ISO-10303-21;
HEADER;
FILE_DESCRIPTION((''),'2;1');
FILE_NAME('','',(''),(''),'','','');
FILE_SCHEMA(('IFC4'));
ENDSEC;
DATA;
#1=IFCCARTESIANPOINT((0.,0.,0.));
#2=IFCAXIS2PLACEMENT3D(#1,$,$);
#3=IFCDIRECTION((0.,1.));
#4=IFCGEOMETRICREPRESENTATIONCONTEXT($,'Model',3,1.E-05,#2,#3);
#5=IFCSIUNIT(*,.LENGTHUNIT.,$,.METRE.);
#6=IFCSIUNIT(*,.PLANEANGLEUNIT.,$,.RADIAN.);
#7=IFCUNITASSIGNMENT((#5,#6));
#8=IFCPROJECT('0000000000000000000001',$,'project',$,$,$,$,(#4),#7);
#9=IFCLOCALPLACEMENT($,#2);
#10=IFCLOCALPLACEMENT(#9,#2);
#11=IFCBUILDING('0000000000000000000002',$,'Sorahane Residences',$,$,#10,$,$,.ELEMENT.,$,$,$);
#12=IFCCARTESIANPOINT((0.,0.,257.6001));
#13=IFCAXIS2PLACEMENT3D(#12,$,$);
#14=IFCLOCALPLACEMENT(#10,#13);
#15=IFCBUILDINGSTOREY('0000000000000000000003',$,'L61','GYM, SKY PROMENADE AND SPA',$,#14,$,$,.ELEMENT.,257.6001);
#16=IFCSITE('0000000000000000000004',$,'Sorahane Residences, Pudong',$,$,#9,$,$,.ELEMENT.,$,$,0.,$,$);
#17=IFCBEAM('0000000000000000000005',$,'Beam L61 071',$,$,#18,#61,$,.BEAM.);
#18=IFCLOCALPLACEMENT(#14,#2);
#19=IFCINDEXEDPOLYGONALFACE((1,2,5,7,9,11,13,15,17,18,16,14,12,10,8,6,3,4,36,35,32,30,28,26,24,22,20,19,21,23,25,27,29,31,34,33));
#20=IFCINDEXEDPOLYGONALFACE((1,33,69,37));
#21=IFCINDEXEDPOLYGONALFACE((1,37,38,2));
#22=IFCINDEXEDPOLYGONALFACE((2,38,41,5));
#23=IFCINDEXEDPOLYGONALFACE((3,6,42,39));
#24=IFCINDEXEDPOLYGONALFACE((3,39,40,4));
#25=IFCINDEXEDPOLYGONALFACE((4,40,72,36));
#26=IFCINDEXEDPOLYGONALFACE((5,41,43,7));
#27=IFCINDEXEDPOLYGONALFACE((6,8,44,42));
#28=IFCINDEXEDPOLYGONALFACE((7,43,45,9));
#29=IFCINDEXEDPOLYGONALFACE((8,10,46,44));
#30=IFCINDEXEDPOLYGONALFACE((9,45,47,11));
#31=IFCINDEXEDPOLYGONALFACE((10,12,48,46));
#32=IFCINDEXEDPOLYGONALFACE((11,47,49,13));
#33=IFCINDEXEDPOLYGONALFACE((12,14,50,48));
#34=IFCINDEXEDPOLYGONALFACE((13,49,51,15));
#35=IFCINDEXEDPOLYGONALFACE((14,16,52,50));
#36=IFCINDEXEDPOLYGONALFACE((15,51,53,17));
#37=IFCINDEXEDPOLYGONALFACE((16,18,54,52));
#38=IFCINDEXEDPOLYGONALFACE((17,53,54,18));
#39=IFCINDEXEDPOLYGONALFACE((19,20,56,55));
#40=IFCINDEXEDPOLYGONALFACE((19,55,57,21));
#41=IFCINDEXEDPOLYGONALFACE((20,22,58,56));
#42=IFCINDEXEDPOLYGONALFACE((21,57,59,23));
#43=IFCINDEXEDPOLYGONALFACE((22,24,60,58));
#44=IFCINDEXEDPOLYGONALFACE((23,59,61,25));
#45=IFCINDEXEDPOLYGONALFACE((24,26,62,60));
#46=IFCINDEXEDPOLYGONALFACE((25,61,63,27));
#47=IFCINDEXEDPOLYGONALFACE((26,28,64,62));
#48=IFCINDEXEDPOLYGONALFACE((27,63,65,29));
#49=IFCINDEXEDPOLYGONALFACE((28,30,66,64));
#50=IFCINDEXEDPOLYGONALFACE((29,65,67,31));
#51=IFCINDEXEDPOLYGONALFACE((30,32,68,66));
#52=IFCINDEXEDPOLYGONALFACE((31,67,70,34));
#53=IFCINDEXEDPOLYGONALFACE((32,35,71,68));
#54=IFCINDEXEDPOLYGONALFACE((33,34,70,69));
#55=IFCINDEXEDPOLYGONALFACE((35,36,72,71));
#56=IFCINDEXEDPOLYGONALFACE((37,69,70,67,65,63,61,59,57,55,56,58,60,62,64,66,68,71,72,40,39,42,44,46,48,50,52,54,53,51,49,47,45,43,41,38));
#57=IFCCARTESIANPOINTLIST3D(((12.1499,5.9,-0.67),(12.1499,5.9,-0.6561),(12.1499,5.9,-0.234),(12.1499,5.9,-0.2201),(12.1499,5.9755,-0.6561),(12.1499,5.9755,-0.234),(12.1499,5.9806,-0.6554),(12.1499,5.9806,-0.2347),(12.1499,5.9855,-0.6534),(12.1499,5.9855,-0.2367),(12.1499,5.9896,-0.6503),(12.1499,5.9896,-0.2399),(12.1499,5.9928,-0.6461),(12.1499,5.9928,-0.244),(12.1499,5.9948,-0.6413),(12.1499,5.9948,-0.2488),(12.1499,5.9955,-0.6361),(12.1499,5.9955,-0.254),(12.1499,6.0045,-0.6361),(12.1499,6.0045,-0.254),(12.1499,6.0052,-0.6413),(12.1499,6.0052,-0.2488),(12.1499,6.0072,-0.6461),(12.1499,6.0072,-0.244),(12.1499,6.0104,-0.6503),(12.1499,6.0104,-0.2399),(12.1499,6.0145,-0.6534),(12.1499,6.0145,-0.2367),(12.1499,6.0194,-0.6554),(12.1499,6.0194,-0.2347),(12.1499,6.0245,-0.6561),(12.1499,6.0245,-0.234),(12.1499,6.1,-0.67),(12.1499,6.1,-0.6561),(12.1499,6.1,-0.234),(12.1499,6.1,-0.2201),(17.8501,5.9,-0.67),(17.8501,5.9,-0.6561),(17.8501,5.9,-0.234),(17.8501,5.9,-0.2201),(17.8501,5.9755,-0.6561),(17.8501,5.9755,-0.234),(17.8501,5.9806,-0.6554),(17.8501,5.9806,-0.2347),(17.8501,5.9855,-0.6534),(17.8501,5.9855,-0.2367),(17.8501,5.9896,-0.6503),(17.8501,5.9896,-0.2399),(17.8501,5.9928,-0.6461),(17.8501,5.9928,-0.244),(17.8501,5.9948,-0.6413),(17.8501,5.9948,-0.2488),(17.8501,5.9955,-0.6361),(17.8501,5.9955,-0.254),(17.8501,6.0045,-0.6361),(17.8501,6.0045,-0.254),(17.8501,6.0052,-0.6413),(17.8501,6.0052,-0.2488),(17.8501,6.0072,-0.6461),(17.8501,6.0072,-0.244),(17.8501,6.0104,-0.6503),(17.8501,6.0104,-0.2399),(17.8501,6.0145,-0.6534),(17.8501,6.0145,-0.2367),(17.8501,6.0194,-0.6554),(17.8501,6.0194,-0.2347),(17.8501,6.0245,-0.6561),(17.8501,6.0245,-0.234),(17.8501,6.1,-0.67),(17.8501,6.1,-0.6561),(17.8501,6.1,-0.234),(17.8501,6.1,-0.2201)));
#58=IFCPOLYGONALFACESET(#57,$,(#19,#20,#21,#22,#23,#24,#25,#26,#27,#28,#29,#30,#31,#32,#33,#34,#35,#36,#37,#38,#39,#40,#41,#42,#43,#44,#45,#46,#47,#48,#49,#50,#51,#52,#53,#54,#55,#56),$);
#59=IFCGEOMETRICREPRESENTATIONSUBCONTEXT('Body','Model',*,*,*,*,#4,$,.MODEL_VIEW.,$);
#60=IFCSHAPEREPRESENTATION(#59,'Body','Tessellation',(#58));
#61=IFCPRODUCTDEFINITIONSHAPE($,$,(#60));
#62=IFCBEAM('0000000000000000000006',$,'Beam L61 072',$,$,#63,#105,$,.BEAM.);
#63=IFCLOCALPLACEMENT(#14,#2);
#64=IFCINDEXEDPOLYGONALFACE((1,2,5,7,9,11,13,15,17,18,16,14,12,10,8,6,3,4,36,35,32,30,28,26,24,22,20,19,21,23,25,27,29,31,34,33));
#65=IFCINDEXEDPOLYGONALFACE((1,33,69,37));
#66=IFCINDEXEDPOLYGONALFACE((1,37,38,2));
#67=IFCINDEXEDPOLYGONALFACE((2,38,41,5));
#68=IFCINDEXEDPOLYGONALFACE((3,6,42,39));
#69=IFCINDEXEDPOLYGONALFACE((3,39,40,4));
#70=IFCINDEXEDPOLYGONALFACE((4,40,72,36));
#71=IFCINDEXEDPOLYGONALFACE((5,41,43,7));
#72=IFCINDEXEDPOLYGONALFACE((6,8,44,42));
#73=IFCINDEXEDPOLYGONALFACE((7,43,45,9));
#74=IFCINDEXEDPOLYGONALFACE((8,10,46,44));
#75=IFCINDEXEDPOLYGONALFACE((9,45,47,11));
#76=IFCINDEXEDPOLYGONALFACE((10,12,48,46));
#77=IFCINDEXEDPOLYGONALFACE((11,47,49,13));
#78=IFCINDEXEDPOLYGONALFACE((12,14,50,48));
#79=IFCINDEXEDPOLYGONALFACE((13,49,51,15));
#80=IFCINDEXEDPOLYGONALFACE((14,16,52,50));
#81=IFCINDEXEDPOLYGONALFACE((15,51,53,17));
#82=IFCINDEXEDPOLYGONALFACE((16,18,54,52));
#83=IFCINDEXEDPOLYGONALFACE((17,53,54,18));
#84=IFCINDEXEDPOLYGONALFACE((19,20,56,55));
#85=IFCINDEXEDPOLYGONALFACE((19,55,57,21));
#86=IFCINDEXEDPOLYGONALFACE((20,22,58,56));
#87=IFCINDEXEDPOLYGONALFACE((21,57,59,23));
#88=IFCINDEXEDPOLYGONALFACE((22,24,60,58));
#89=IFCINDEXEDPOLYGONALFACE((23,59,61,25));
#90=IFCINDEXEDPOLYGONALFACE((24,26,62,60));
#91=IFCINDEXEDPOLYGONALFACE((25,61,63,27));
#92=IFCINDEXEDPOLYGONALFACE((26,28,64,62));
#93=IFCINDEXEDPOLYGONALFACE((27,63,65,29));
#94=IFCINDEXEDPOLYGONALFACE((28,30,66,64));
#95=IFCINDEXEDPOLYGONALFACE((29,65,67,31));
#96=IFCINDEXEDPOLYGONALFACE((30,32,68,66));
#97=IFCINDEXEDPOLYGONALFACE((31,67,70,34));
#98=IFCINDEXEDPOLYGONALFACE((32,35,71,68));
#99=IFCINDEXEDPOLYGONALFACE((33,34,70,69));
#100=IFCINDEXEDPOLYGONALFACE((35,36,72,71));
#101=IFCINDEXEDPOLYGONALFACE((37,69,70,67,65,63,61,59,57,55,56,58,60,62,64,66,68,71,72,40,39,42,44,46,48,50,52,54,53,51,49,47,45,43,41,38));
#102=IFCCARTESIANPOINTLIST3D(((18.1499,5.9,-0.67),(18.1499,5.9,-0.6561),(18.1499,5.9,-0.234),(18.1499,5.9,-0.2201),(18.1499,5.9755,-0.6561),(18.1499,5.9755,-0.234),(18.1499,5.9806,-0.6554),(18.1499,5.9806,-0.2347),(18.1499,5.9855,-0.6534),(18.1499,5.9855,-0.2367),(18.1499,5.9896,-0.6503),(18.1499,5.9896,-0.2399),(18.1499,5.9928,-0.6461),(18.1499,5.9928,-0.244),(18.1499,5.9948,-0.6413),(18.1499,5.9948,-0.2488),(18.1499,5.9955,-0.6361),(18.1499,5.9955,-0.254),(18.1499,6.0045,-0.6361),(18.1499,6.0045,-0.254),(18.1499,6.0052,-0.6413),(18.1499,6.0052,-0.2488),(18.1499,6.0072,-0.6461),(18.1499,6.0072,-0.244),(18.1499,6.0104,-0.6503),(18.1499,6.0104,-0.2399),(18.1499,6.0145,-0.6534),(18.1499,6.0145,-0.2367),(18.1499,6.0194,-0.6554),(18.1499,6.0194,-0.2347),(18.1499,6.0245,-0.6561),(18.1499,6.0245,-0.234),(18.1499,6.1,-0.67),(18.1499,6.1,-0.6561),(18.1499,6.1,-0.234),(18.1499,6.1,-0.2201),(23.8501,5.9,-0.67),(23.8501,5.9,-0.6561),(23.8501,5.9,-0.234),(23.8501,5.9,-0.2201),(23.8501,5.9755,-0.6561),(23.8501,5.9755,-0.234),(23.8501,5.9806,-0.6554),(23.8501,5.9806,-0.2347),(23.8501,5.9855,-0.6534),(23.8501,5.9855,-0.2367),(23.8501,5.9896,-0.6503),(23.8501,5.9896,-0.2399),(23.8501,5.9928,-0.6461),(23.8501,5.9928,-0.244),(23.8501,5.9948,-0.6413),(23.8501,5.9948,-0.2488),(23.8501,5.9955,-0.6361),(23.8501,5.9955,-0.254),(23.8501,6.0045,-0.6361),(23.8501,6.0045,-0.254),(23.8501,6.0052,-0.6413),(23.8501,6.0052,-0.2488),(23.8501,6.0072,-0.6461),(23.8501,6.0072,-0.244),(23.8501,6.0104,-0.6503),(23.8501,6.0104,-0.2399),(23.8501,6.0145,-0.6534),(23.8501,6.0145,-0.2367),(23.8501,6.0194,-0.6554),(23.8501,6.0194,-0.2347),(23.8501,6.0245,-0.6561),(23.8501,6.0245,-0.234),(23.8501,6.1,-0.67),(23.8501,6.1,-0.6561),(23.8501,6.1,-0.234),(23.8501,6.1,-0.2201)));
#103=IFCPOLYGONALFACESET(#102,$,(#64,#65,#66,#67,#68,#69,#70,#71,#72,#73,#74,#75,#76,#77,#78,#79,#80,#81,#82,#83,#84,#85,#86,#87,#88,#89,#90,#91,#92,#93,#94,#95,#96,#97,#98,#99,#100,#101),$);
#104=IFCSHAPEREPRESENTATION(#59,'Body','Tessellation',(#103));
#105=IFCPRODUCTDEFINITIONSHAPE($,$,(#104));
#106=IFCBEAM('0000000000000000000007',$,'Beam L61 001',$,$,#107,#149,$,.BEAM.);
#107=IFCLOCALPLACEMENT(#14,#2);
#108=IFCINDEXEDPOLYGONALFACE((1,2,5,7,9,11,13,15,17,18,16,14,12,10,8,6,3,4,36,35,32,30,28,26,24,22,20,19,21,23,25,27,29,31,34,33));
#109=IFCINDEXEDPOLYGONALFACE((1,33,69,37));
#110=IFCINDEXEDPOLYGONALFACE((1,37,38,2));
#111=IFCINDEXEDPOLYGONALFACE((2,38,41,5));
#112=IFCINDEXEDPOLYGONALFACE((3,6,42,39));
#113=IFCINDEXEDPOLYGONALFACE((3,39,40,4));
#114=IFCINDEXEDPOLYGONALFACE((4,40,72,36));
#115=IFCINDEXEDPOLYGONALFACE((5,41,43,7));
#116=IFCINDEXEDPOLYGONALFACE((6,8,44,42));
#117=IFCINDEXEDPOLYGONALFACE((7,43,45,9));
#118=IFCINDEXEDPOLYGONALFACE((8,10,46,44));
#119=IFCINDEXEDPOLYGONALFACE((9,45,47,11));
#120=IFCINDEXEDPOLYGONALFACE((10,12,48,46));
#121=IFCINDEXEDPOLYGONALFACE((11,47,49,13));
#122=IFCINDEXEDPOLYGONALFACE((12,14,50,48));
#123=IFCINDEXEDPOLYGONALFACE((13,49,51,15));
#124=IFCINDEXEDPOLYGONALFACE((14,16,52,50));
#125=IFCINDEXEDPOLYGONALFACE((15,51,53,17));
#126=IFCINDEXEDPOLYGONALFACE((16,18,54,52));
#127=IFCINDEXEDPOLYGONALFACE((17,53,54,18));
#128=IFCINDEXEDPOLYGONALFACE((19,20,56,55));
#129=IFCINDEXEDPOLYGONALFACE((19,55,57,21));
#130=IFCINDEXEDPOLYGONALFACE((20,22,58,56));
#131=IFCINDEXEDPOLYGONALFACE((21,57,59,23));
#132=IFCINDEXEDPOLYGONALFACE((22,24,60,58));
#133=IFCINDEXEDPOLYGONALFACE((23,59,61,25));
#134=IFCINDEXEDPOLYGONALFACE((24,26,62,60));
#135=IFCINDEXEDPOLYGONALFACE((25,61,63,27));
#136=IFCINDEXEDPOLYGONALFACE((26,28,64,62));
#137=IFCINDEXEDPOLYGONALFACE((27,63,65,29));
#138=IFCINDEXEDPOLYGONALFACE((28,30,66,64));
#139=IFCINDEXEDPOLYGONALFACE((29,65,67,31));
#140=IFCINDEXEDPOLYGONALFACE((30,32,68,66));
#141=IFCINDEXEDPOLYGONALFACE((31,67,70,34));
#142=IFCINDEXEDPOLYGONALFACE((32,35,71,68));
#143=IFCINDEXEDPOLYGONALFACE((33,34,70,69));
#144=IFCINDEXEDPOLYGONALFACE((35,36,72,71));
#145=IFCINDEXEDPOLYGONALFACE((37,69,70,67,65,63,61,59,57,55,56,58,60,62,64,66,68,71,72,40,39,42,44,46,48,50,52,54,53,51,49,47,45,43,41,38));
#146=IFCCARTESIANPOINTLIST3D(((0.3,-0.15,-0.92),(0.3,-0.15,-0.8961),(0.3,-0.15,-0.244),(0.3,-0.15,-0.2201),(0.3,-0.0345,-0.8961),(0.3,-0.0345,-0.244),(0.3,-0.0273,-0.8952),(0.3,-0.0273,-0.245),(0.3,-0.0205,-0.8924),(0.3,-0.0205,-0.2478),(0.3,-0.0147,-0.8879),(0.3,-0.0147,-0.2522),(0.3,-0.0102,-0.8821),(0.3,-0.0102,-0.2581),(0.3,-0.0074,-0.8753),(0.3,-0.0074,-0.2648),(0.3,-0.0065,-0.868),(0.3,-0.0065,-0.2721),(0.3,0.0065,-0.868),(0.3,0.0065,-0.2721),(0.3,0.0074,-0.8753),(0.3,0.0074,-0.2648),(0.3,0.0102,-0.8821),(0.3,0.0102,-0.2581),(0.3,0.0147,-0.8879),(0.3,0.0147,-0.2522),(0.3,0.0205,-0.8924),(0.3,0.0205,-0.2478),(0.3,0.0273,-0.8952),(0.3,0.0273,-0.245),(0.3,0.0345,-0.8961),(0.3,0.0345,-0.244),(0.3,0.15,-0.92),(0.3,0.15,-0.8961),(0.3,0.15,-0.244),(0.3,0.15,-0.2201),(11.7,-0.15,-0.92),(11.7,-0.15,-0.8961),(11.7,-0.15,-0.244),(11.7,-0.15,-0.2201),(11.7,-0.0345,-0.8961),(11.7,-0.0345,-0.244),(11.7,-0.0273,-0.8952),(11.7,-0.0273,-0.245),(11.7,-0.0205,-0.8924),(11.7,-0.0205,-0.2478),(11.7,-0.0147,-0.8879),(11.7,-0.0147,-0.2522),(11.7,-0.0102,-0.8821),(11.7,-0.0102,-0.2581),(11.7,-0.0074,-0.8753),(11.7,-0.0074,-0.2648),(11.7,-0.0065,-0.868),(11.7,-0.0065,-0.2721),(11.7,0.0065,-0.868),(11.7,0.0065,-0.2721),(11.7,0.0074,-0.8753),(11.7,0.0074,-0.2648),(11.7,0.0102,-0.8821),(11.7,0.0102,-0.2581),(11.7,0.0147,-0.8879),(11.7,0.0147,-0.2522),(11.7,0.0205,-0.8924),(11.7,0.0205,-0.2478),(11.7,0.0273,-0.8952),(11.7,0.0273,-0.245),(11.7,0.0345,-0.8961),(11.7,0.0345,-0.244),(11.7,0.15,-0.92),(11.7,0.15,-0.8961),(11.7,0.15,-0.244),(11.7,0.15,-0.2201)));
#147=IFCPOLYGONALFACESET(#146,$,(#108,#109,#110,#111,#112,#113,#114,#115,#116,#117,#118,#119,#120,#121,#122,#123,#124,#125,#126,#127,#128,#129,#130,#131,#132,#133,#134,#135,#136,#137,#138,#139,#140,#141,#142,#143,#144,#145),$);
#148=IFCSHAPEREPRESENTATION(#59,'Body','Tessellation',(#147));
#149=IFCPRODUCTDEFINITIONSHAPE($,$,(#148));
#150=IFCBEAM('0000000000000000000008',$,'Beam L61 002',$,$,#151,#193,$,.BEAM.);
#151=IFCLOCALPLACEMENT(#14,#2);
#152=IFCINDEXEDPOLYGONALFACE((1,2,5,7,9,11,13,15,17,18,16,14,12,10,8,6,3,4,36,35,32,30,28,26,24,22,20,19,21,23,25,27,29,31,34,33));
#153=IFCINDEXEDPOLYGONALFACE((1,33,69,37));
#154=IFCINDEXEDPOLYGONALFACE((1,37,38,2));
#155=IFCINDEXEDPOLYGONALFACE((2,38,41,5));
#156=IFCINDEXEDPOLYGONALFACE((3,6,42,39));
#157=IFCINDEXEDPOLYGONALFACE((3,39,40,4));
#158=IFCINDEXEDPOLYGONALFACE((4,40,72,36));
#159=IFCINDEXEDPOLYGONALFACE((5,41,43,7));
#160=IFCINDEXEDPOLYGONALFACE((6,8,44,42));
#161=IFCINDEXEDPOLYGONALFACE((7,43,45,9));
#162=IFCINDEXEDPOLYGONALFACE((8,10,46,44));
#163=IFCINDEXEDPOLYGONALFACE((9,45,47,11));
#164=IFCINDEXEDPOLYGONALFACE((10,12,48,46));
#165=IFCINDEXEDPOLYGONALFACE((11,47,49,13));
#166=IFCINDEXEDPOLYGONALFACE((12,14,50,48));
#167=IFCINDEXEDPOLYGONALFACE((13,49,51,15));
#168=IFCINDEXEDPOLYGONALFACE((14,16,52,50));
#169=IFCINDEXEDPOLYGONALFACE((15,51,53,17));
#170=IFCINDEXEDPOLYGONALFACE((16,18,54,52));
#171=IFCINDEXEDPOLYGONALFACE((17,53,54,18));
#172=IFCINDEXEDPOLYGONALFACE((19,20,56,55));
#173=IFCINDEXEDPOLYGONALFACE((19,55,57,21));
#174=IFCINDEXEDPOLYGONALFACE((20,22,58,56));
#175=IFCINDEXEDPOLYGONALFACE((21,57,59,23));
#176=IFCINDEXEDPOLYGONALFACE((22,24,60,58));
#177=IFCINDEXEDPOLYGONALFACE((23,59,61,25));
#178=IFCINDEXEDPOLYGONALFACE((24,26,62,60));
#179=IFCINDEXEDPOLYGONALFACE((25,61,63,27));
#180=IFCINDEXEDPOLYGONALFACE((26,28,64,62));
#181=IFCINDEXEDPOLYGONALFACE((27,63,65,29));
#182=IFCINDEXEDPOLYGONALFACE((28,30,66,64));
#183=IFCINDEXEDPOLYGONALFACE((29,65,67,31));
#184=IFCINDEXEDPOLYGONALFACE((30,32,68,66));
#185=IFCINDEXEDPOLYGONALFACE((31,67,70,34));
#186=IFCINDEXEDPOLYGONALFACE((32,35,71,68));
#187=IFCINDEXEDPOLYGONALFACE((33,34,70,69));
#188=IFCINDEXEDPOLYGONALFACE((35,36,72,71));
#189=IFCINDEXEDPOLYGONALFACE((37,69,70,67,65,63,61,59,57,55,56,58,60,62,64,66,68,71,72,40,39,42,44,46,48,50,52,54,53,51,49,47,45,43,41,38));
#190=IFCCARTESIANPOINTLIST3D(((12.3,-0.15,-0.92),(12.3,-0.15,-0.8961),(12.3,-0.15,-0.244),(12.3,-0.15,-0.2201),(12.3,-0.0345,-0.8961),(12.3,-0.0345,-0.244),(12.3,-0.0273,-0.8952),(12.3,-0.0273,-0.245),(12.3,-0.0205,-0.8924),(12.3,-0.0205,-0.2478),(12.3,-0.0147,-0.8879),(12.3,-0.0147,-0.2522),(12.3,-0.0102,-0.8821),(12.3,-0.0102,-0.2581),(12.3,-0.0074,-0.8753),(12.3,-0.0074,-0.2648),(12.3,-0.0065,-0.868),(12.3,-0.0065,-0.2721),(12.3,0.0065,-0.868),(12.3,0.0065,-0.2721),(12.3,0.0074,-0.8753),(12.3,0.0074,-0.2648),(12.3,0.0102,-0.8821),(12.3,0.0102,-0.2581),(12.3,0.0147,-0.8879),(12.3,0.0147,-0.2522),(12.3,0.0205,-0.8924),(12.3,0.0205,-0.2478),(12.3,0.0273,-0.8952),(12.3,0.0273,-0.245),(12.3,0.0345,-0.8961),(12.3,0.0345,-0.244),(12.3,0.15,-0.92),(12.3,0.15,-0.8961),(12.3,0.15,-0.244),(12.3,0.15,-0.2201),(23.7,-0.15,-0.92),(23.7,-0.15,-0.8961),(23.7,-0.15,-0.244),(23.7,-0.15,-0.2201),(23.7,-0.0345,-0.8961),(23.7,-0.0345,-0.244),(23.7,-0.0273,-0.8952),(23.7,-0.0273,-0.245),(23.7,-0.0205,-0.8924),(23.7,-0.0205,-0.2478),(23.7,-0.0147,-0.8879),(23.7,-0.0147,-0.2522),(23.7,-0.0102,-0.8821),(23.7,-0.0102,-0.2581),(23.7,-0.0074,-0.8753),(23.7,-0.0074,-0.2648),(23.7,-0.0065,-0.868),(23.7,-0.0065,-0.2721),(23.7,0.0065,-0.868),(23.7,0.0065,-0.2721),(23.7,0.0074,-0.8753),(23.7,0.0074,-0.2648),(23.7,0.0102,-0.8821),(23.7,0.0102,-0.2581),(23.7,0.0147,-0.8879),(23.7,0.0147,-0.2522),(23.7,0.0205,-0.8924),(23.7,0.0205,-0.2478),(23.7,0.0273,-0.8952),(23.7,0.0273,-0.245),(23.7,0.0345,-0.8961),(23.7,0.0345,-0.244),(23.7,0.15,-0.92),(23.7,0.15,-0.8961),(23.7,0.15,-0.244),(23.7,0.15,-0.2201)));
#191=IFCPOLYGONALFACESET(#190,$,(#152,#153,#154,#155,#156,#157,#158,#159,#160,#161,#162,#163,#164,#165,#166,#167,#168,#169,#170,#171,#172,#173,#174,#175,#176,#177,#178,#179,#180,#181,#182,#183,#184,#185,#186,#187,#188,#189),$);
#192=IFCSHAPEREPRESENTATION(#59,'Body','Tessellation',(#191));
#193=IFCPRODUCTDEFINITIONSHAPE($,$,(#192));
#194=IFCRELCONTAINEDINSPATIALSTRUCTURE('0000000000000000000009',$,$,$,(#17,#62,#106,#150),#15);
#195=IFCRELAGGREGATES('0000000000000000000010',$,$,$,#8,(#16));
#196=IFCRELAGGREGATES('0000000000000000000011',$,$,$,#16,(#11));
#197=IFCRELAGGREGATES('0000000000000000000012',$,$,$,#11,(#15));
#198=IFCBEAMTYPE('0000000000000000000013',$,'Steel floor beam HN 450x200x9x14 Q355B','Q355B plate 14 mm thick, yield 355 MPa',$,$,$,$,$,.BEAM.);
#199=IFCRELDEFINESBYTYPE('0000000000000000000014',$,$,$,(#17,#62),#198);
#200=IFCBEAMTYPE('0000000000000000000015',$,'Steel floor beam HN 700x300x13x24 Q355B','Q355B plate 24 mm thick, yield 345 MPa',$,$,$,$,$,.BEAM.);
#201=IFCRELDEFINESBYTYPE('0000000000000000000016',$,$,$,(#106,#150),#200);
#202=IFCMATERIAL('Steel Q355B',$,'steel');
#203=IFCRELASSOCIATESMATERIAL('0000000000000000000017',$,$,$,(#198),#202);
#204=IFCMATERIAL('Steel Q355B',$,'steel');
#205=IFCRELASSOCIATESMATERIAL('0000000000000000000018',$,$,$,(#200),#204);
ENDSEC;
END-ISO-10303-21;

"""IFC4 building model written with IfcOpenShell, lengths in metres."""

from ifc_helpers import new_model, si_unit, direction, frame, origin, origin_2d, place, context, subcontext, project, spatial, i_section, extrude, material, material_profile, profile_set, type_object, element, save


model = new_model("IFC4")

# Units and contexts
model_context = context("Model", 3, precision=1e-05, world=origin(), true_north=direction((0.0, 1.0)))
body_context = subcontext(model_context, "Body", "Model", "MODEL_VIEW")
ifc_project = project(units=[si_unit("LENGTHUNIT", "METRE"), si_unit("PLANEANGLEUNIT", "RADIAN")], contexts=[model_context])

# Site, building, storey
site_placement = place(None, origin())
site = spatial("IfcSite", under=ifc_project, at=site_placement, Name="Sorahane Residences, Pudong", CompositionType="ELEMENT", RefElevation=0.0)
building_placement = place(site_placement, origin())
building = spatial("IfcBuilding", under=site, at=building_placement, Name="Sorahane Residences", CompositionType="ELEMENT")
storey_placement = place(building_placement, frame((0.0, 0.0, 257.6001)))
storey = spatial("IfcBuildingStorey", under=building, at=storey_placement, Name="L61", Description="GYM, SKY PROMENADE AND SPA", CompositionType="ELEMENT", Elevation=257.6001)

# Beams
ifc_material_1 = material(Name="Steel Q355B", Category="steel")
ifc_material_profile_1 = material_profile(ifc_material_1, i_section(OverallWidth=0.2, OverallDepth=0.45, WebThickness=0.009, FlangeThickness=0.0139, FilletRadius=0.02, at=origin_2d()), Name="HN 450x200x9x14")
ifc_profile_set_1 = profile_set([ifc_material_profile_1], Name="Steel Q355B")
beam_type_1 = type_object("IfcBeamType", Name="Steel floor beam HN 450x200x9x14 Q355B", Description="Q355B plate 14 mm thick, yield 355 MPa", PredefinedType="BEAM", material=ifc_profile_set_1)
for number, where, z_axis, x_axis, name in (
    (1, (12.1499, 6.0, -0.4451), (1.0, 0.0, 0.0), (0.0, 1.0, 0.0), "Beam L61 071"),
    (2, (18.1499, 6.0, -0.4451), (1.0, 0.0, 0.0), (0.0, 1.0, 0.0), "Beam L61 072"),
):
    element("IfcBeam", number, at=place(storey_placement, frame(where, z_axis=z_axis, x_axis=x_axis)), inside=storey, type_object=beam_type_1, Name=name, PredefinedType="BEAM", context=body_context, shape_type="SweptSolid", body=[
        extrude(i_section(OverallWidth=0.2, OverallDepth=0.45, WebThickness=0.009, FlangeThickness=0.0139, FilletRadius=0.02, at=origin_2d()), origin(), (0.0, 0.0, 1.0), 5.7002),
    ])
ifc_material_2 = material(Name="Steel Q355B", Category="steel")
ifc_material_profile_2 = material_profile(ifc_material_2, i_section(OverallWidth=0.3, OverallDepth=0.7, WebThickness=0.0129, FlangeThickness=0.0239, FilletRadius=0.0281, at=origin_2d()), Name="HN 700x300x13x24")
ifc_profile_set_2 = profile_set([ifc_material_profile_2], Name="Steel Q355B")
beam_type_2 = type_object("IfcBeamType", Name="Steel floor beam HN 700x300x13x24 Q355B", Description="Q355B plate 24 mm thick, yield 345 MPa", PredefinedType="BEAM", material=ifc_profile_set_2)
for number, where, z_axis, x_axis, name in (
    (3, (0.3, 0.0, -0.5701), (1.0, 0.0, 0.0), (0.0, 1.0, 0.0), "Beam L61 001"),
    (4, (12.3, 0.0, -0.5701), (1.0, 0.0, 0.0), (0.0, 1.0, 0.0), "Beam L61 002"),
):
    element("IfcBeam", number, at=place(storey_placement, frame(where, z_axis=z_axis, x_axis=x_axis)), inside=storey, type_object=beam_type_2, Name=name, PredefinedType="BEAM", context=body_context, shape_type="SweptSolid", body=[
        extrude(i_section(OverallWidth=0.3, OverallDepth=0.7, WebThickness=0.0129, FlangeThickness=0.0239, FilletRadius=0.0281, at=origin_2d()), origin(), (0.0, 0.0, 1.0), 11.3999),
    ])

save(model, "model.ifc")
